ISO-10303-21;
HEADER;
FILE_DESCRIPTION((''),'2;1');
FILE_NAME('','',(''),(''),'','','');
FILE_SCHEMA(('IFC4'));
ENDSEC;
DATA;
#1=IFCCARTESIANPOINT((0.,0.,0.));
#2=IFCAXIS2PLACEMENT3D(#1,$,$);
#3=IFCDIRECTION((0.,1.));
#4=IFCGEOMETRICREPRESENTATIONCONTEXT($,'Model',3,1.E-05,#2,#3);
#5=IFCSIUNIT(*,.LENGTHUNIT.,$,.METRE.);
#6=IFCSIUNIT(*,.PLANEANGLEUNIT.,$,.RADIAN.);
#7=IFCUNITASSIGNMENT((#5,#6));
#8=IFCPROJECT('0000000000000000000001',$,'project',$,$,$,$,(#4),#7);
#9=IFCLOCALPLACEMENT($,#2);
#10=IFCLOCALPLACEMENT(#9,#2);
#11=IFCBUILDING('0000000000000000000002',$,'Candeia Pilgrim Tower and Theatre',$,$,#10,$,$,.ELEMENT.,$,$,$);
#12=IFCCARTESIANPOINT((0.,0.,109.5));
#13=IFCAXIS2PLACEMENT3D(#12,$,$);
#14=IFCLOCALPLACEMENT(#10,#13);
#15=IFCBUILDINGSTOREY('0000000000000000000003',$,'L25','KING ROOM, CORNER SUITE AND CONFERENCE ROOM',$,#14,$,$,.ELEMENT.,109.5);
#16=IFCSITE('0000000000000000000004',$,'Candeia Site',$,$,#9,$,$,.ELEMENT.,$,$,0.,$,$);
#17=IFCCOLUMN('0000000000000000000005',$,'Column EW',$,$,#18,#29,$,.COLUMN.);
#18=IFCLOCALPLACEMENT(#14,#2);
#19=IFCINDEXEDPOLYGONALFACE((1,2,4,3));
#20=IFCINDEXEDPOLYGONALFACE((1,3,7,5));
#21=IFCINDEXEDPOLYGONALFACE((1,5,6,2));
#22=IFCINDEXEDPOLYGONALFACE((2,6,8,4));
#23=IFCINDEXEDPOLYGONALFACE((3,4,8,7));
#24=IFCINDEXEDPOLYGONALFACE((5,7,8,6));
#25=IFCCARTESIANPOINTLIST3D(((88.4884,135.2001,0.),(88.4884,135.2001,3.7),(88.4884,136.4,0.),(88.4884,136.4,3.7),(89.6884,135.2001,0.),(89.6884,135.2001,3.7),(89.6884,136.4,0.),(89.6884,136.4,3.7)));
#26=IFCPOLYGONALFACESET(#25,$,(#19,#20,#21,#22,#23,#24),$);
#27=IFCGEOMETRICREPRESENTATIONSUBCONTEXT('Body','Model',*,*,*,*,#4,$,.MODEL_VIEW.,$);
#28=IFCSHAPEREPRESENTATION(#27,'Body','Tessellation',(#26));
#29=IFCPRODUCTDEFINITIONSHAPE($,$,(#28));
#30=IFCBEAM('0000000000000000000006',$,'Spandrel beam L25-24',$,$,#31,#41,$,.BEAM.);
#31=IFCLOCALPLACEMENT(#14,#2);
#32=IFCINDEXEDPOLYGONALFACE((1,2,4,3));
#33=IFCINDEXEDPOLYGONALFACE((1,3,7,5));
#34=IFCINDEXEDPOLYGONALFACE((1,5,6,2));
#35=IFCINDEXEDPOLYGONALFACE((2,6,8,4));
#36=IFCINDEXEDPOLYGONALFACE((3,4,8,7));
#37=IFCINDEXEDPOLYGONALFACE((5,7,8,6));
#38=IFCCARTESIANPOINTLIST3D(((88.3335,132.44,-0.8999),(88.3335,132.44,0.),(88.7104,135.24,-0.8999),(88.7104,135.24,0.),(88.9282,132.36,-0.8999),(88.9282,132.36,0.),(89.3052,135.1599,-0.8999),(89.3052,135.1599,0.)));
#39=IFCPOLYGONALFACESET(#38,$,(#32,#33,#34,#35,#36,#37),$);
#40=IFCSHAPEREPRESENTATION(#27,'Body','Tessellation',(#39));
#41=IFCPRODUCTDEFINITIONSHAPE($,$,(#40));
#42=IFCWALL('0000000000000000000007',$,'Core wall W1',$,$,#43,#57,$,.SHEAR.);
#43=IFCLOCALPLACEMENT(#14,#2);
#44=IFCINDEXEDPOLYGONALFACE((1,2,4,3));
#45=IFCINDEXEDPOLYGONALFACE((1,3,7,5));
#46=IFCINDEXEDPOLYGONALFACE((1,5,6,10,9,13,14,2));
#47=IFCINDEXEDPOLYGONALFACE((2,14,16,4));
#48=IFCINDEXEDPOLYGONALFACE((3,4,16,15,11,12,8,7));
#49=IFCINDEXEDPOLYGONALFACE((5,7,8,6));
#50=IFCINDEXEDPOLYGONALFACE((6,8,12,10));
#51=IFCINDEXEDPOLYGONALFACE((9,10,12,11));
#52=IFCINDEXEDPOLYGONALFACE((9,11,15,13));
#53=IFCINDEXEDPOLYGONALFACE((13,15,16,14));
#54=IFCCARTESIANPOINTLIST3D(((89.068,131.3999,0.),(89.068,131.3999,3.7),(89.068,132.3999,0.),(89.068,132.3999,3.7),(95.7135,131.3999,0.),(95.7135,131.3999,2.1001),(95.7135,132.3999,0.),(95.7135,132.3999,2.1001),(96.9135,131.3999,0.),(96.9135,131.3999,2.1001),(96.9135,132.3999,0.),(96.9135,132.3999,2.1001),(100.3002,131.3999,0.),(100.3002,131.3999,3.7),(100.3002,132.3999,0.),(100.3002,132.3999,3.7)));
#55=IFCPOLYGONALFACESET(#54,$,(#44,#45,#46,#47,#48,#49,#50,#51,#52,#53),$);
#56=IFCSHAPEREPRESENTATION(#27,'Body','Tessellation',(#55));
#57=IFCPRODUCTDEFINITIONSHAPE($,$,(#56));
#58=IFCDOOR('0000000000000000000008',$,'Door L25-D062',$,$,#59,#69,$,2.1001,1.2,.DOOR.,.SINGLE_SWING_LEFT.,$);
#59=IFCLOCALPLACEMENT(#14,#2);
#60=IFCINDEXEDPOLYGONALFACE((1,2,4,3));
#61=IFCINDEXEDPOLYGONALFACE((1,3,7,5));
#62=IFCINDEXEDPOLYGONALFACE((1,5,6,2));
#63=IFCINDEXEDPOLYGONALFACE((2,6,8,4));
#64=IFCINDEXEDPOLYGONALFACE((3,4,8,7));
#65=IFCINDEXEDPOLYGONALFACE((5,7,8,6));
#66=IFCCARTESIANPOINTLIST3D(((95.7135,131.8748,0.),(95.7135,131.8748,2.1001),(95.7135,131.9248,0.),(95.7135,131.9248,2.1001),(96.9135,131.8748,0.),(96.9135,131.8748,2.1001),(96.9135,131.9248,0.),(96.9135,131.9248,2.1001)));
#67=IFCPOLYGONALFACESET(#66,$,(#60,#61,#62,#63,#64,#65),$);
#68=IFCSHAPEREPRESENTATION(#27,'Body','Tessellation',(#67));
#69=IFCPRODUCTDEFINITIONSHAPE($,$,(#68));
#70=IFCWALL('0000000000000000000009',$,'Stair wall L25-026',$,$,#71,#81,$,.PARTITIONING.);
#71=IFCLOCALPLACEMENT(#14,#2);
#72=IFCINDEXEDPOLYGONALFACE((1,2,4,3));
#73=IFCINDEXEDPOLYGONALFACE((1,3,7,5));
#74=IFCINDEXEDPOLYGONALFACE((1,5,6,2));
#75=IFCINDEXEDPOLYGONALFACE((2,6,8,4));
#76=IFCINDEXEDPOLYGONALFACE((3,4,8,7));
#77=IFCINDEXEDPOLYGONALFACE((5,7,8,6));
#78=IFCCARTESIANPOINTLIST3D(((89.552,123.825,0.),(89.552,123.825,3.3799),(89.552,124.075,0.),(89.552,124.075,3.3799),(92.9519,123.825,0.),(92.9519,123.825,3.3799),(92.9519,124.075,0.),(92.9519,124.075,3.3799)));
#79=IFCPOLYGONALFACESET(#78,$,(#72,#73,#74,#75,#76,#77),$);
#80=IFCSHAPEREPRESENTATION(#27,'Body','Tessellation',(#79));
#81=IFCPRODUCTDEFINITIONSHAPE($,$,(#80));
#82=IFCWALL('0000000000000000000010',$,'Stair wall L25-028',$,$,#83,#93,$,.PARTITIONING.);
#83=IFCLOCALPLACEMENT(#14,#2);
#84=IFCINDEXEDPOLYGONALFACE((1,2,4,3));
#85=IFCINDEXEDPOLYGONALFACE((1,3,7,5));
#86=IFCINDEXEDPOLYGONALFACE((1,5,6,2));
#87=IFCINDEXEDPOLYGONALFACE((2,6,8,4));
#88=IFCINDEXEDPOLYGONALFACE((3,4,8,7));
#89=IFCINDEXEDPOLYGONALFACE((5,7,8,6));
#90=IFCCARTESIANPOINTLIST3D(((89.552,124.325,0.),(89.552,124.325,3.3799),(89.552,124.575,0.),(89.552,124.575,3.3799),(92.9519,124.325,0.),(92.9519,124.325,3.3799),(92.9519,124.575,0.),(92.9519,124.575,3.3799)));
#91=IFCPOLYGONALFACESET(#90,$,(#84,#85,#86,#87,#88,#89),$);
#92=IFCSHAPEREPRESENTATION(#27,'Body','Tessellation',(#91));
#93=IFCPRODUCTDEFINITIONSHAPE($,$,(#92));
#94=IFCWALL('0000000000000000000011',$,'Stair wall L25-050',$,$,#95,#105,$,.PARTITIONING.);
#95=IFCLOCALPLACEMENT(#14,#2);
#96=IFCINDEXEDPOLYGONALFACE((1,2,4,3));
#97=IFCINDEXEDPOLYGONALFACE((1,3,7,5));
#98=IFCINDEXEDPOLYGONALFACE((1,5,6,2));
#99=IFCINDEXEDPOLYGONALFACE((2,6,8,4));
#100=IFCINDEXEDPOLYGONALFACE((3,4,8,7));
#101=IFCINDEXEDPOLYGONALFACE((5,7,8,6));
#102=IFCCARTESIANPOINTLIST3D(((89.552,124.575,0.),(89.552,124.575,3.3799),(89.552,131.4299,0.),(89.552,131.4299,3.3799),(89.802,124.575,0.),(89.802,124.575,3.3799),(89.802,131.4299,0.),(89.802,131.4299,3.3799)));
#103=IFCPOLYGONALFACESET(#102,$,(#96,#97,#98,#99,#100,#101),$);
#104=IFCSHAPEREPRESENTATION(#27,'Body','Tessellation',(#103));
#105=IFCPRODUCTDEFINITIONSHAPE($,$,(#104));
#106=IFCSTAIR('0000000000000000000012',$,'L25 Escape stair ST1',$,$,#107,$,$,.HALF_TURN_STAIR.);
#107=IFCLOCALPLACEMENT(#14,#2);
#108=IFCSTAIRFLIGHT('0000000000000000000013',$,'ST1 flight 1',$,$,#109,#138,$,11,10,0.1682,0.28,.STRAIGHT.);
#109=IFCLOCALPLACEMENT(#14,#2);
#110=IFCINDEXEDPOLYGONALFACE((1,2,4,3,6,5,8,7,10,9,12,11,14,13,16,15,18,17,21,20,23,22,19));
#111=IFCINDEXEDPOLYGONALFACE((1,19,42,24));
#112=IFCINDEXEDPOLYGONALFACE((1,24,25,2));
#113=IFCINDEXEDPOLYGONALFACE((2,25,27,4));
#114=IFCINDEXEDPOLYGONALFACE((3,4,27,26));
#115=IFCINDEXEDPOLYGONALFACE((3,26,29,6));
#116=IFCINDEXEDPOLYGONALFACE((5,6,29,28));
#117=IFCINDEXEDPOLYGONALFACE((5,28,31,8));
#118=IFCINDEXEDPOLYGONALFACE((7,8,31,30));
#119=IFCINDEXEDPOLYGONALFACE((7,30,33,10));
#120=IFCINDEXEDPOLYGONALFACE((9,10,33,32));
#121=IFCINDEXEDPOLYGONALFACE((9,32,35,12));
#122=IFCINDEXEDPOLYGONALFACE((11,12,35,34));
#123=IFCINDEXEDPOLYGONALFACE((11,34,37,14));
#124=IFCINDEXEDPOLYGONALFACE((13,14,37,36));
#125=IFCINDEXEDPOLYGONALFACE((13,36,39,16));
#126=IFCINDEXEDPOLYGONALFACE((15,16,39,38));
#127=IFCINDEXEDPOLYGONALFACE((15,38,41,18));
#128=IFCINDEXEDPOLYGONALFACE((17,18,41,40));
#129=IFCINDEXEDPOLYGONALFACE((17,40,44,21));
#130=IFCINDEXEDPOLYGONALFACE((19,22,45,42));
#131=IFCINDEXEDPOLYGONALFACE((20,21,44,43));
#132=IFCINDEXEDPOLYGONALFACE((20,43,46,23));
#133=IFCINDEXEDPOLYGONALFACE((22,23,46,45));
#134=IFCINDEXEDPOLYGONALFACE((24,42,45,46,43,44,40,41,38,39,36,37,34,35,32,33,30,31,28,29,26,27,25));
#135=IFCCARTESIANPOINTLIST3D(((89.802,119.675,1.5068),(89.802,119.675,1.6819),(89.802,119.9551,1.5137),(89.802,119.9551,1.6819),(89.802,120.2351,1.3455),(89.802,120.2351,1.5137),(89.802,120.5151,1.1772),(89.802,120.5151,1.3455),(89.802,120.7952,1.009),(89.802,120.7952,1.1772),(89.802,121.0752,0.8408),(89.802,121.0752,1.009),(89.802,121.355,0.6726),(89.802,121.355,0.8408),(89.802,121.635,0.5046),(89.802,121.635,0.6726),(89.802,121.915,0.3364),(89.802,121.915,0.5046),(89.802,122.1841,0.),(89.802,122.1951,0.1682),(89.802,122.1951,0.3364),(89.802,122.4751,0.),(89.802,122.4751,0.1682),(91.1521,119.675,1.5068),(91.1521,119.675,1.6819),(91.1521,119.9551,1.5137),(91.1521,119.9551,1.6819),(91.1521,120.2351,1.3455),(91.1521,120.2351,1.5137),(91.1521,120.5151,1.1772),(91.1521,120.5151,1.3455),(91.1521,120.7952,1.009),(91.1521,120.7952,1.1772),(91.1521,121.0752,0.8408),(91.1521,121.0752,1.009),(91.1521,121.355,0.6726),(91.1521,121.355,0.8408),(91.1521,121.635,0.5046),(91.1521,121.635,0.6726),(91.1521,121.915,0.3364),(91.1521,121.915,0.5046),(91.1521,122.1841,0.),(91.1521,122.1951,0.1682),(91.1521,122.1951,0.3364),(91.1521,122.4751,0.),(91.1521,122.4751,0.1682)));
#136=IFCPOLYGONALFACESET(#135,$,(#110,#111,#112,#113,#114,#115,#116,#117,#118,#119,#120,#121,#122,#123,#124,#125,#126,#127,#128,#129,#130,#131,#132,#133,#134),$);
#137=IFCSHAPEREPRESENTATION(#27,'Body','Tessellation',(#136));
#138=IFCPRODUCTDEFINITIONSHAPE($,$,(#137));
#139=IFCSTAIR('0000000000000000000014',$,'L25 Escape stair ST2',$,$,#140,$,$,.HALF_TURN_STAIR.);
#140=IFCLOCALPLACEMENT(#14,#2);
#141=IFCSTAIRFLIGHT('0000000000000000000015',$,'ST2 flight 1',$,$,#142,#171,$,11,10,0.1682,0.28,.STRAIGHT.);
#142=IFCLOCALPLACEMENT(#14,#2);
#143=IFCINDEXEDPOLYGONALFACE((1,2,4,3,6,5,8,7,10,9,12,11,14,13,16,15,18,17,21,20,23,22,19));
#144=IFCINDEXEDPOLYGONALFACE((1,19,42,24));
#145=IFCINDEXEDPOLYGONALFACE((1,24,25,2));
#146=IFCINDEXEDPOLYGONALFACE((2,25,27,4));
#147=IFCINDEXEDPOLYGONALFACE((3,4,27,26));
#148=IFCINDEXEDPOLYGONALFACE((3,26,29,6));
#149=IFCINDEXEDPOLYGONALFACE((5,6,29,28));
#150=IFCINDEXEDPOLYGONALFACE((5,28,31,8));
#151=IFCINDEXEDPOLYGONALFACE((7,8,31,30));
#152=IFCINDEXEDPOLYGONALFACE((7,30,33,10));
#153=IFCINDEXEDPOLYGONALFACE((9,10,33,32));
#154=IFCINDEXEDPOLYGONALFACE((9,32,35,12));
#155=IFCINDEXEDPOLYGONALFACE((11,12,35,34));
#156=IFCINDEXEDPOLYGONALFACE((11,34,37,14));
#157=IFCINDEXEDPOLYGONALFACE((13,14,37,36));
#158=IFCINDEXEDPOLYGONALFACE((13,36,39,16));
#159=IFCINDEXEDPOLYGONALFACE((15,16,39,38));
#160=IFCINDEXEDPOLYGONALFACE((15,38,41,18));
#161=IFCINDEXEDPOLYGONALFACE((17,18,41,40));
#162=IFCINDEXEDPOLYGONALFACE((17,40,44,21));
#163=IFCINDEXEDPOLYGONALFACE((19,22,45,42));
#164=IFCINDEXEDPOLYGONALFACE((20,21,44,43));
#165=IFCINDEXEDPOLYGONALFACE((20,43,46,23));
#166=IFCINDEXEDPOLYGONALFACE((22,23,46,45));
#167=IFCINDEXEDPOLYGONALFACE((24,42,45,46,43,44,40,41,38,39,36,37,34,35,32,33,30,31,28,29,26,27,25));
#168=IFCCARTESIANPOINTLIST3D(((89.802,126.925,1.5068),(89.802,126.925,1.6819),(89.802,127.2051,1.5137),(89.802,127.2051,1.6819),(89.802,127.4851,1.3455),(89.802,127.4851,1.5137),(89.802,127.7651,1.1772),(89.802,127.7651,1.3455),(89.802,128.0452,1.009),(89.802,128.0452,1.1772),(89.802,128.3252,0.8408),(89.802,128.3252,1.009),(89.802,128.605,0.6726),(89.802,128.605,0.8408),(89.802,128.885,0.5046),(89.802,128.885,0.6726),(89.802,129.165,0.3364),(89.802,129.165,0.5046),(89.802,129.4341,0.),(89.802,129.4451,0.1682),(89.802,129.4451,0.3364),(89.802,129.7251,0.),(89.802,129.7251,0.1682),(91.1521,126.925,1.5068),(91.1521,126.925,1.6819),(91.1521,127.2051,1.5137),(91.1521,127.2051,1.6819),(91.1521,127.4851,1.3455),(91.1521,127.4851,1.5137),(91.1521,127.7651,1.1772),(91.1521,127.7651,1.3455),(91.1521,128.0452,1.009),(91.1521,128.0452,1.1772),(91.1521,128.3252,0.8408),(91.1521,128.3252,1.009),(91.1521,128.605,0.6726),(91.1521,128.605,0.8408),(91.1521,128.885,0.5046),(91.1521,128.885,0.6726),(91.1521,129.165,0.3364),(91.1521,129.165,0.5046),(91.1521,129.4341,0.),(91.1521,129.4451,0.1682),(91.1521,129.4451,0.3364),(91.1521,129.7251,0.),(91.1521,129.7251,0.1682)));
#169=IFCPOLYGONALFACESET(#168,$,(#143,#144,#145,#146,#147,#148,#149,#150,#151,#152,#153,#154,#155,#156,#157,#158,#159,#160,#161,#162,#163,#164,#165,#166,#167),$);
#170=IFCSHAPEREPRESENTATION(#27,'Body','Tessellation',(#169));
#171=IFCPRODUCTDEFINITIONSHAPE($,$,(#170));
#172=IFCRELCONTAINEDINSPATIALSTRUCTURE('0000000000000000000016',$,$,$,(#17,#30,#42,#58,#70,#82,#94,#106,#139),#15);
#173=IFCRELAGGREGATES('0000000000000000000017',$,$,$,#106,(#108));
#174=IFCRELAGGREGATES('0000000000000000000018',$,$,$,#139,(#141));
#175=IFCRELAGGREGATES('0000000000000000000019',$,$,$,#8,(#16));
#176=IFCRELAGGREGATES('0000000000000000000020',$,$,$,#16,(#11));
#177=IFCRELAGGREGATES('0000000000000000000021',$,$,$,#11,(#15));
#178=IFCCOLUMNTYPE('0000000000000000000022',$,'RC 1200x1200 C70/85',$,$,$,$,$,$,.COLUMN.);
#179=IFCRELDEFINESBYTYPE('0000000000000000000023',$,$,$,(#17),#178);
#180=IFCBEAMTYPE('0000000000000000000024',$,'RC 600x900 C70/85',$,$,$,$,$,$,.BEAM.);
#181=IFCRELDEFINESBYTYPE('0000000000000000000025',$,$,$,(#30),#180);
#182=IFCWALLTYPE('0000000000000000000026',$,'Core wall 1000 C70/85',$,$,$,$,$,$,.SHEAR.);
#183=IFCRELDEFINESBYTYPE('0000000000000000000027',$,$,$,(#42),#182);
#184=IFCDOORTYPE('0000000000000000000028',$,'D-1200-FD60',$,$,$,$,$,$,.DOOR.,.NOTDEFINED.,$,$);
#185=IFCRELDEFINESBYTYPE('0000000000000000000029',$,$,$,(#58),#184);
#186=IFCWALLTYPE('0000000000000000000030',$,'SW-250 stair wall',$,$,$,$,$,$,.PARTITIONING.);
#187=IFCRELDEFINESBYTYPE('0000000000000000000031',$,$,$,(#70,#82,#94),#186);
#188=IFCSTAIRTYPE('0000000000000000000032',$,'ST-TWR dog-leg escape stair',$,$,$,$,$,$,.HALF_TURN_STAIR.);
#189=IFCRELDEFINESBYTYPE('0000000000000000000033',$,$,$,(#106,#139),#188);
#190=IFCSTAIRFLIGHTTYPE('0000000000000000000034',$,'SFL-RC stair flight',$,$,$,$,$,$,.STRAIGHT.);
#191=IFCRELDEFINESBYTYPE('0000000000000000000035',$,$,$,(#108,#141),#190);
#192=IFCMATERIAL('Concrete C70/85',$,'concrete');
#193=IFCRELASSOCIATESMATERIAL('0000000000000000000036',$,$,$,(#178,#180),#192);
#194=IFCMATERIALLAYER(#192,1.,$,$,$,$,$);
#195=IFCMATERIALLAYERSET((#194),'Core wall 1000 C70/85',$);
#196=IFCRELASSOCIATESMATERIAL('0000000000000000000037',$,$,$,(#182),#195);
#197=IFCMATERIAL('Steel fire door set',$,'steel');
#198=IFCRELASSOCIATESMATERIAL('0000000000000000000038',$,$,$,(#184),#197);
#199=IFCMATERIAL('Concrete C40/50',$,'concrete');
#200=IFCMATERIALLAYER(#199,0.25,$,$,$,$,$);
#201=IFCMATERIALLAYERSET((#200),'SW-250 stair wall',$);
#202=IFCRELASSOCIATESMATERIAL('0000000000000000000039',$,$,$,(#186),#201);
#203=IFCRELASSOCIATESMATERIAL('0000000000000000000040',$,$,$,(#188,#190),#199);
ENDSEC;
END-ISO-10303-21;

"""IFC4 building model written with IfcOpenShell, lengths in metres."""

from ifc_helpers import new_model, si_unit, direction, frame, frame_2d, origin, origin_2d, place, context, subcontext, project, spatial, polyline, rectangle, outline, extrude, material, layer, layer_set, material_profile, profile_set, type_object, element, fill, aggregate, save


model = new_model("IFC4")

# Units and contexts
model_context = context("Model", 3, precision=1e-05, world=origin(), true_north=direction((0.0, 1.0)))
body_context = subcontext(model_context, "Body", "Model", "MODEL_VIEW")
ifc_project = project(units=[si_unit("LENGTHUNIT", "METRE"), si_unit("PLANEANGLEUNIT", "RADIAN")], contexts=[model_context])

# Site, building, storey
site_placement = place(None, origin())
site = spatial("IfcSite", under=ifc_project, at=site_placement, Name="Candeia Site", CompositionType="ELEMENT", RefElevation=0.0)
building_placement = place(site_placement, origin())
building = spatial("IfcBuilding", under=site, at=building_placement, Name="Candeia Pilgrim Tower and Theatre", CompositionType="ELEMENT")
storey_placement = place(building_placement, frame((0.0, 0.0, 109.5)))
storey = spatial("IfcBuildingStorey", under=building, at=storey_placement, Name="L25", Description="KING ROOM, CORNER SUITE AND CONFERENCE ROOM", CompositionType="ELEMENT", Elevation=109.5)

# Column
ifc_material_1 = material(Name="Concrete C70/85", Category="concrete")
ifc_material_profile_1 = material_profile(ifc_material_1, rectangle(XDim=1.2, YDim=1.2, at=origin_2d()))
ifc_profile_set_1 = profile_set([ifc_material_profile_1], Name="Concrete C70/85")
column_type = type_object("IfcColumnType", Name="RC 1200x1200 C70/85", PredefinedType="COLUMN", material=ifc_profile_set_1)
column_placement = place(storey_placement, frame((89.0884, 135.8, 0.0), z_axis=(0.0, 0.0, 1.0), x_axis=(1.0, 0.0, 0.0)))
element("IfcColumn", 1, at=column_placement, inside=storey, type_object=column_type, Name="Column EW", PredefinedType="COLUMN", context=body_context, shape_type="SweptSolid", body=[
    extrude(rectangle(XDim=1.2, YDim=1.2, at=origin_2d()), origin(), (0.0, 0.0, 1.0), 3.7),
])

# Beam
ifc_material_profile_2 = material_profile(ifc_material_1, rectangle(XDim=0.6001, YDim=0.8999, at=origin_2d()))
ifc_profile_set_2 = profile_set([ifc_material_profile_2], Name="Concrete C70/85")
beam_type = type_object("IfcBeamType", Name="RC 600x900 C70/85", PredefinedType="BEAM", material=ifc_profile_set_2)
beam_placement = place(storey_placement, frame((89.0078, 135.2, -0.45), z_axis=(-0.13342, -0.99106, 0.0), x_axis=(0.99106, -0.13342, 0.0)))
element("IfcBeam", 2, at=beam_placement, inside=storey, type_object=beam_type, Name="Spandrel beam L25-24", PredefinedType="BEAM", context=body_context, shape_type="SweptSolid", body=[
    extrude(rectangle(XDim=0.6001, YDim=0.8999, at=origin_2d()), origin(), (0.0, 0.0, 1.0), 2.8252),
])

# Wall, opening, door
ifc_layer_1 = layer(ifc_material_1, 1.0)
ifc_layer_set_1 = layer_set([ifc_layer_1], Name="Core wall 1000 C70/85")
wall_type_1 = type_object("IfcWallType", Name="Core wall 1000 C70/85", PredefinedType="SHEAR", material=ifc_layer_set_1)
wall_1_placement = place(storey_placement, frame((89.0679, 131.8999, 0.0), z_axis=(0.0, 0.0, 1.0), x_axis=(1.0, 0.0, 0.0)))
wall_1 = element("IfcWall", 3, at=wall_1_placement, inside=storey, type_object=wall_type_1, Name="Core wall W1", PredefinedType="SHEAR", context=body_context, shape_type="SweptSolid", body=[
    extrude(rectangle(XDim=11.2322, YDim=1.0, at=frame_2d((5.6162, 0.0))), origin(), (0.0, 0.0, 1.0), 3.7),
])
opening_placement = place(wall_1_placement, frame((6.6455, 0.0, 0.0)))
opening = element("IfcOpeningElement", 4, at=opening_placement, cuts=wall_1, PredefinedType="OPENING", context=body_context, shape_type="SweptSolid", body=[
    extrude(rectangle(XDim=1.2, YDim=2.1001, at=frame_2d((0.6001, 1.05))), frame((0.0, 0.51, 0.0), z_axis=(0.0, -1.0, 0.0), x_axis=(1.0, 0.0, 0.0)), (0.0, 0.0, 1.0), 1.02),
])
ifc_material_2 = material(Name="Steel fire door set", Category="steel")
door_type = type_object("IfcDoorType", Name="D-1200-FD60", OperationType="NOTDEFINED", PredefinedType="DOOR", material=ifc_material_2)
door_placement = place(opening_placement, origin())
door = element("IfcDoor", 5, at=door_placement, inside=storey, type_object=door_type, Name="Door L25-D062", OperationType="SINGLE_SWING_LEFT", OverallHeight=2.1001, OverallWidth=1.2, PredefinedType="DOOR", context=body_context, shape_type="SweptSolid", body=[
    extrude(rectangle(XDim=1.2, YDim=2.1001, at=frame_2d((0.6001, 1.05))), frame((0.0, 0.0249, 0.0), z_axis=(0.0, -1.0, 0.0), x_axis=(1.0, 0.0, 0.0)), (0.0, 0.0, 1.0), 0.05),
])
fill(opening, door)

# Walls
ifc_material_3 = material(Name="Concrete C40/50", Category="concrete")
ifc_layer_2 = layer(ifc_material_3, 0.25)
ifc_layer_set_2 = layer_set([ifc_layer_2], Name="SW-250 stair wall")
wall_type_2 = type_object("IfcWallType", Name="SW-250 stair wall", PredefinedType="PARTITIONING", material=ifc_layer_set_2)
for number, where, z_axis, x_axis, name in (
    (6, (89.552, 123.95, 0.0), (0.0, 0.0, 1.0), (1.0, 0.0, 0.0), "Stair wall L25-026"),
    (7, (89.552, 124.45, 0.0), (0.0, 0.0, 1.0), (1.0, 0.0, 0.0), "Stair wall L25-028"),
):
    element("IfcWall", number, at=place(storey_placement, frame(where, z_axis=z_axis, x_axis=x_axis)), inside=storey, type_object=wall_type_2, Name=name, PredefinedType="PARTITIONING", context=body_context, shape_type="SweptSolid", body=[
        extrude(rectangle(XDim=3.3999, YDim=0.25, at=frame_2d((1.7, 0.0))), origin(), (0.0, 0.0, 1.0), 3.3799),
    ])
wall_2_placement = place(storey_placement, frame((89.677, 124.575, 0.0), z_axis=(0.0, 0.0, 1.0), x_axis=(0.0, 1.0, 0.0)))
element("IfcWall", 8, at=wall_2_placement, inside=storey, type_object=wall_type_2, Name="Stair wall L25-050", PredefinedType="PARTITIONING", context=body_context, shape_type="SweptSolid", body=[
    extrude(rectangle(XDim=6.855, YDim=0.25, at=frame_2d((3.4275, 0.0))), origin(), (0.0, 0.0, 1.0), 3.3799),
])

# Stair, stair flight
stair_type = type_object("IfcStairType", Name="ST-TWR dog-leg escape stair", PredefinedType="HALF_TURN_STAIR", material=ifc_material_3)
stair_1_placement = place(storey_placement, origin())
stair_1 = element("IfcStair", 9, at=stair_1_placement, inside=storey, type_object=stair_type, Name="L25 Escape stair ST1", PredefinedType="HALF_TURN_STAIR")
stair_flight_type = type_object("IfcStairFlightType", Name="SFL-RC stair flight", PredefinedType="STRAIGHT", material=ifc_material_3)
stair_flight_1_placement = place(storey_placement, frame((90.4771, 122.4751, 0.0), z_axis=(0.0, 0.0, 1.0), x_axis=(0.0, -1.0, 0.0)))
stair_flight_1 = element("IfcStairFlight", 10, at=stair_flight_1_placement, type_object=stair_flight_type, Name="ST1 flight 1", NumberOfRisers=11, NumberOfTreads=10, PredefinedType="STRAIGHT", RiserHeight=0.1682, TreadLength=0.28, context=body_context, shape_type="SweptSolid", body=[
    extrude(outline(polyline([(0.0, 0.0), (0.0, 0.1682), (0.28, 0.1682), (0.28, 0.3364), (0.5601, 0.3364), (0.5601, 0.5046), (0.8401, 0.5046), (0.8401, 0.6726), (1.1201, 0.6726), (1.1201, 0.8408), (1.3999, 0.8408), (1.3999, 1.009), (1.6799, 1.009), (1.6799, 1.1772), (1.96, 1.1772), (1.96, 1.3455), (2.24, 1.3455), (2.24, 1.5137), (2.52, 1.5137), (2.52, 1.6819), (2.8, 1.6819), (2.8, 1.8501), (2.8, 1.5068), (0.291, 0.0), (0.0, 0.0)])), frame((0.0, 0.675, 0.0), z_axis=(0.0, -1.0, 0.0), x_axis=(1.0, 0.0, 0.0)), (0.0, 0.0, 1.0), 1.3501),
])
aggregate(stair_1, [stair_flight_1])

# Stair, stair flight
stair_2_placement = place(storey_placement, origin())
stair_2 = element("IfcStair", 11, at=stair_2_placement, inside=storey, type_object=stair_type, Name="L25 Escape stair ST2", PredefinedType="HALF_TURN_STAIR")
stair_flight_2_placement = place(storey_placement, frame((90.4771, 129.7251, 0.0), z_axis=(0.0, 0.0, 1.0), x_axis=(0.0, -1.0, 0.0)))
stair_flight_2 = element("IfcStairFlight", 12, at=stair_flight_2_placement, type_object=stair_flight_type, Name="ST2 flight 1", NumberOfRisers=11, NumberOfTreads=10, PredefinedType="STRAIGHT", RiserHeight=0.1682, TreadLength=0.28, context=body_context, shape_type="SweptSolid", body=[
    extrude(outline(polyline([(0.0, 0.0), (0.0, 0.1682), (0.28, 0.1682), (0.28, 0.3364), (0.5601, 0.3364), (0.5601, 0.5046), (0.8401, 0.5046), (0.8401, 0.6726), (1.1201, 0.6726), (1.1201, 0.8408), (1.3999, 0.8408), (1.3999, 1.009), (1.6799, 1.009), (1.6799, 1.1772), (1.96, 1.1772), (1.96, 1.3455), (2.24, 1.3455), (2.24, 1.5137), (2.52, 1.5137), (2.52, 1.6819), (2.8, 1.6819), (2.8, 1.8501), (2.8, 1.5068), (0.291, 0.0), (0.0, 0.0)])), frame((0.0, 0.675, 0.0), z_axis=(0.0, -1.0, 0.0), x_axis=(1.0, 0.0, 0.0)), (0.0, 0.0, 1.0), 1.3501),
])
aggregate(stair_2, [stair_flight_2])

save(model, "model.ifc")
